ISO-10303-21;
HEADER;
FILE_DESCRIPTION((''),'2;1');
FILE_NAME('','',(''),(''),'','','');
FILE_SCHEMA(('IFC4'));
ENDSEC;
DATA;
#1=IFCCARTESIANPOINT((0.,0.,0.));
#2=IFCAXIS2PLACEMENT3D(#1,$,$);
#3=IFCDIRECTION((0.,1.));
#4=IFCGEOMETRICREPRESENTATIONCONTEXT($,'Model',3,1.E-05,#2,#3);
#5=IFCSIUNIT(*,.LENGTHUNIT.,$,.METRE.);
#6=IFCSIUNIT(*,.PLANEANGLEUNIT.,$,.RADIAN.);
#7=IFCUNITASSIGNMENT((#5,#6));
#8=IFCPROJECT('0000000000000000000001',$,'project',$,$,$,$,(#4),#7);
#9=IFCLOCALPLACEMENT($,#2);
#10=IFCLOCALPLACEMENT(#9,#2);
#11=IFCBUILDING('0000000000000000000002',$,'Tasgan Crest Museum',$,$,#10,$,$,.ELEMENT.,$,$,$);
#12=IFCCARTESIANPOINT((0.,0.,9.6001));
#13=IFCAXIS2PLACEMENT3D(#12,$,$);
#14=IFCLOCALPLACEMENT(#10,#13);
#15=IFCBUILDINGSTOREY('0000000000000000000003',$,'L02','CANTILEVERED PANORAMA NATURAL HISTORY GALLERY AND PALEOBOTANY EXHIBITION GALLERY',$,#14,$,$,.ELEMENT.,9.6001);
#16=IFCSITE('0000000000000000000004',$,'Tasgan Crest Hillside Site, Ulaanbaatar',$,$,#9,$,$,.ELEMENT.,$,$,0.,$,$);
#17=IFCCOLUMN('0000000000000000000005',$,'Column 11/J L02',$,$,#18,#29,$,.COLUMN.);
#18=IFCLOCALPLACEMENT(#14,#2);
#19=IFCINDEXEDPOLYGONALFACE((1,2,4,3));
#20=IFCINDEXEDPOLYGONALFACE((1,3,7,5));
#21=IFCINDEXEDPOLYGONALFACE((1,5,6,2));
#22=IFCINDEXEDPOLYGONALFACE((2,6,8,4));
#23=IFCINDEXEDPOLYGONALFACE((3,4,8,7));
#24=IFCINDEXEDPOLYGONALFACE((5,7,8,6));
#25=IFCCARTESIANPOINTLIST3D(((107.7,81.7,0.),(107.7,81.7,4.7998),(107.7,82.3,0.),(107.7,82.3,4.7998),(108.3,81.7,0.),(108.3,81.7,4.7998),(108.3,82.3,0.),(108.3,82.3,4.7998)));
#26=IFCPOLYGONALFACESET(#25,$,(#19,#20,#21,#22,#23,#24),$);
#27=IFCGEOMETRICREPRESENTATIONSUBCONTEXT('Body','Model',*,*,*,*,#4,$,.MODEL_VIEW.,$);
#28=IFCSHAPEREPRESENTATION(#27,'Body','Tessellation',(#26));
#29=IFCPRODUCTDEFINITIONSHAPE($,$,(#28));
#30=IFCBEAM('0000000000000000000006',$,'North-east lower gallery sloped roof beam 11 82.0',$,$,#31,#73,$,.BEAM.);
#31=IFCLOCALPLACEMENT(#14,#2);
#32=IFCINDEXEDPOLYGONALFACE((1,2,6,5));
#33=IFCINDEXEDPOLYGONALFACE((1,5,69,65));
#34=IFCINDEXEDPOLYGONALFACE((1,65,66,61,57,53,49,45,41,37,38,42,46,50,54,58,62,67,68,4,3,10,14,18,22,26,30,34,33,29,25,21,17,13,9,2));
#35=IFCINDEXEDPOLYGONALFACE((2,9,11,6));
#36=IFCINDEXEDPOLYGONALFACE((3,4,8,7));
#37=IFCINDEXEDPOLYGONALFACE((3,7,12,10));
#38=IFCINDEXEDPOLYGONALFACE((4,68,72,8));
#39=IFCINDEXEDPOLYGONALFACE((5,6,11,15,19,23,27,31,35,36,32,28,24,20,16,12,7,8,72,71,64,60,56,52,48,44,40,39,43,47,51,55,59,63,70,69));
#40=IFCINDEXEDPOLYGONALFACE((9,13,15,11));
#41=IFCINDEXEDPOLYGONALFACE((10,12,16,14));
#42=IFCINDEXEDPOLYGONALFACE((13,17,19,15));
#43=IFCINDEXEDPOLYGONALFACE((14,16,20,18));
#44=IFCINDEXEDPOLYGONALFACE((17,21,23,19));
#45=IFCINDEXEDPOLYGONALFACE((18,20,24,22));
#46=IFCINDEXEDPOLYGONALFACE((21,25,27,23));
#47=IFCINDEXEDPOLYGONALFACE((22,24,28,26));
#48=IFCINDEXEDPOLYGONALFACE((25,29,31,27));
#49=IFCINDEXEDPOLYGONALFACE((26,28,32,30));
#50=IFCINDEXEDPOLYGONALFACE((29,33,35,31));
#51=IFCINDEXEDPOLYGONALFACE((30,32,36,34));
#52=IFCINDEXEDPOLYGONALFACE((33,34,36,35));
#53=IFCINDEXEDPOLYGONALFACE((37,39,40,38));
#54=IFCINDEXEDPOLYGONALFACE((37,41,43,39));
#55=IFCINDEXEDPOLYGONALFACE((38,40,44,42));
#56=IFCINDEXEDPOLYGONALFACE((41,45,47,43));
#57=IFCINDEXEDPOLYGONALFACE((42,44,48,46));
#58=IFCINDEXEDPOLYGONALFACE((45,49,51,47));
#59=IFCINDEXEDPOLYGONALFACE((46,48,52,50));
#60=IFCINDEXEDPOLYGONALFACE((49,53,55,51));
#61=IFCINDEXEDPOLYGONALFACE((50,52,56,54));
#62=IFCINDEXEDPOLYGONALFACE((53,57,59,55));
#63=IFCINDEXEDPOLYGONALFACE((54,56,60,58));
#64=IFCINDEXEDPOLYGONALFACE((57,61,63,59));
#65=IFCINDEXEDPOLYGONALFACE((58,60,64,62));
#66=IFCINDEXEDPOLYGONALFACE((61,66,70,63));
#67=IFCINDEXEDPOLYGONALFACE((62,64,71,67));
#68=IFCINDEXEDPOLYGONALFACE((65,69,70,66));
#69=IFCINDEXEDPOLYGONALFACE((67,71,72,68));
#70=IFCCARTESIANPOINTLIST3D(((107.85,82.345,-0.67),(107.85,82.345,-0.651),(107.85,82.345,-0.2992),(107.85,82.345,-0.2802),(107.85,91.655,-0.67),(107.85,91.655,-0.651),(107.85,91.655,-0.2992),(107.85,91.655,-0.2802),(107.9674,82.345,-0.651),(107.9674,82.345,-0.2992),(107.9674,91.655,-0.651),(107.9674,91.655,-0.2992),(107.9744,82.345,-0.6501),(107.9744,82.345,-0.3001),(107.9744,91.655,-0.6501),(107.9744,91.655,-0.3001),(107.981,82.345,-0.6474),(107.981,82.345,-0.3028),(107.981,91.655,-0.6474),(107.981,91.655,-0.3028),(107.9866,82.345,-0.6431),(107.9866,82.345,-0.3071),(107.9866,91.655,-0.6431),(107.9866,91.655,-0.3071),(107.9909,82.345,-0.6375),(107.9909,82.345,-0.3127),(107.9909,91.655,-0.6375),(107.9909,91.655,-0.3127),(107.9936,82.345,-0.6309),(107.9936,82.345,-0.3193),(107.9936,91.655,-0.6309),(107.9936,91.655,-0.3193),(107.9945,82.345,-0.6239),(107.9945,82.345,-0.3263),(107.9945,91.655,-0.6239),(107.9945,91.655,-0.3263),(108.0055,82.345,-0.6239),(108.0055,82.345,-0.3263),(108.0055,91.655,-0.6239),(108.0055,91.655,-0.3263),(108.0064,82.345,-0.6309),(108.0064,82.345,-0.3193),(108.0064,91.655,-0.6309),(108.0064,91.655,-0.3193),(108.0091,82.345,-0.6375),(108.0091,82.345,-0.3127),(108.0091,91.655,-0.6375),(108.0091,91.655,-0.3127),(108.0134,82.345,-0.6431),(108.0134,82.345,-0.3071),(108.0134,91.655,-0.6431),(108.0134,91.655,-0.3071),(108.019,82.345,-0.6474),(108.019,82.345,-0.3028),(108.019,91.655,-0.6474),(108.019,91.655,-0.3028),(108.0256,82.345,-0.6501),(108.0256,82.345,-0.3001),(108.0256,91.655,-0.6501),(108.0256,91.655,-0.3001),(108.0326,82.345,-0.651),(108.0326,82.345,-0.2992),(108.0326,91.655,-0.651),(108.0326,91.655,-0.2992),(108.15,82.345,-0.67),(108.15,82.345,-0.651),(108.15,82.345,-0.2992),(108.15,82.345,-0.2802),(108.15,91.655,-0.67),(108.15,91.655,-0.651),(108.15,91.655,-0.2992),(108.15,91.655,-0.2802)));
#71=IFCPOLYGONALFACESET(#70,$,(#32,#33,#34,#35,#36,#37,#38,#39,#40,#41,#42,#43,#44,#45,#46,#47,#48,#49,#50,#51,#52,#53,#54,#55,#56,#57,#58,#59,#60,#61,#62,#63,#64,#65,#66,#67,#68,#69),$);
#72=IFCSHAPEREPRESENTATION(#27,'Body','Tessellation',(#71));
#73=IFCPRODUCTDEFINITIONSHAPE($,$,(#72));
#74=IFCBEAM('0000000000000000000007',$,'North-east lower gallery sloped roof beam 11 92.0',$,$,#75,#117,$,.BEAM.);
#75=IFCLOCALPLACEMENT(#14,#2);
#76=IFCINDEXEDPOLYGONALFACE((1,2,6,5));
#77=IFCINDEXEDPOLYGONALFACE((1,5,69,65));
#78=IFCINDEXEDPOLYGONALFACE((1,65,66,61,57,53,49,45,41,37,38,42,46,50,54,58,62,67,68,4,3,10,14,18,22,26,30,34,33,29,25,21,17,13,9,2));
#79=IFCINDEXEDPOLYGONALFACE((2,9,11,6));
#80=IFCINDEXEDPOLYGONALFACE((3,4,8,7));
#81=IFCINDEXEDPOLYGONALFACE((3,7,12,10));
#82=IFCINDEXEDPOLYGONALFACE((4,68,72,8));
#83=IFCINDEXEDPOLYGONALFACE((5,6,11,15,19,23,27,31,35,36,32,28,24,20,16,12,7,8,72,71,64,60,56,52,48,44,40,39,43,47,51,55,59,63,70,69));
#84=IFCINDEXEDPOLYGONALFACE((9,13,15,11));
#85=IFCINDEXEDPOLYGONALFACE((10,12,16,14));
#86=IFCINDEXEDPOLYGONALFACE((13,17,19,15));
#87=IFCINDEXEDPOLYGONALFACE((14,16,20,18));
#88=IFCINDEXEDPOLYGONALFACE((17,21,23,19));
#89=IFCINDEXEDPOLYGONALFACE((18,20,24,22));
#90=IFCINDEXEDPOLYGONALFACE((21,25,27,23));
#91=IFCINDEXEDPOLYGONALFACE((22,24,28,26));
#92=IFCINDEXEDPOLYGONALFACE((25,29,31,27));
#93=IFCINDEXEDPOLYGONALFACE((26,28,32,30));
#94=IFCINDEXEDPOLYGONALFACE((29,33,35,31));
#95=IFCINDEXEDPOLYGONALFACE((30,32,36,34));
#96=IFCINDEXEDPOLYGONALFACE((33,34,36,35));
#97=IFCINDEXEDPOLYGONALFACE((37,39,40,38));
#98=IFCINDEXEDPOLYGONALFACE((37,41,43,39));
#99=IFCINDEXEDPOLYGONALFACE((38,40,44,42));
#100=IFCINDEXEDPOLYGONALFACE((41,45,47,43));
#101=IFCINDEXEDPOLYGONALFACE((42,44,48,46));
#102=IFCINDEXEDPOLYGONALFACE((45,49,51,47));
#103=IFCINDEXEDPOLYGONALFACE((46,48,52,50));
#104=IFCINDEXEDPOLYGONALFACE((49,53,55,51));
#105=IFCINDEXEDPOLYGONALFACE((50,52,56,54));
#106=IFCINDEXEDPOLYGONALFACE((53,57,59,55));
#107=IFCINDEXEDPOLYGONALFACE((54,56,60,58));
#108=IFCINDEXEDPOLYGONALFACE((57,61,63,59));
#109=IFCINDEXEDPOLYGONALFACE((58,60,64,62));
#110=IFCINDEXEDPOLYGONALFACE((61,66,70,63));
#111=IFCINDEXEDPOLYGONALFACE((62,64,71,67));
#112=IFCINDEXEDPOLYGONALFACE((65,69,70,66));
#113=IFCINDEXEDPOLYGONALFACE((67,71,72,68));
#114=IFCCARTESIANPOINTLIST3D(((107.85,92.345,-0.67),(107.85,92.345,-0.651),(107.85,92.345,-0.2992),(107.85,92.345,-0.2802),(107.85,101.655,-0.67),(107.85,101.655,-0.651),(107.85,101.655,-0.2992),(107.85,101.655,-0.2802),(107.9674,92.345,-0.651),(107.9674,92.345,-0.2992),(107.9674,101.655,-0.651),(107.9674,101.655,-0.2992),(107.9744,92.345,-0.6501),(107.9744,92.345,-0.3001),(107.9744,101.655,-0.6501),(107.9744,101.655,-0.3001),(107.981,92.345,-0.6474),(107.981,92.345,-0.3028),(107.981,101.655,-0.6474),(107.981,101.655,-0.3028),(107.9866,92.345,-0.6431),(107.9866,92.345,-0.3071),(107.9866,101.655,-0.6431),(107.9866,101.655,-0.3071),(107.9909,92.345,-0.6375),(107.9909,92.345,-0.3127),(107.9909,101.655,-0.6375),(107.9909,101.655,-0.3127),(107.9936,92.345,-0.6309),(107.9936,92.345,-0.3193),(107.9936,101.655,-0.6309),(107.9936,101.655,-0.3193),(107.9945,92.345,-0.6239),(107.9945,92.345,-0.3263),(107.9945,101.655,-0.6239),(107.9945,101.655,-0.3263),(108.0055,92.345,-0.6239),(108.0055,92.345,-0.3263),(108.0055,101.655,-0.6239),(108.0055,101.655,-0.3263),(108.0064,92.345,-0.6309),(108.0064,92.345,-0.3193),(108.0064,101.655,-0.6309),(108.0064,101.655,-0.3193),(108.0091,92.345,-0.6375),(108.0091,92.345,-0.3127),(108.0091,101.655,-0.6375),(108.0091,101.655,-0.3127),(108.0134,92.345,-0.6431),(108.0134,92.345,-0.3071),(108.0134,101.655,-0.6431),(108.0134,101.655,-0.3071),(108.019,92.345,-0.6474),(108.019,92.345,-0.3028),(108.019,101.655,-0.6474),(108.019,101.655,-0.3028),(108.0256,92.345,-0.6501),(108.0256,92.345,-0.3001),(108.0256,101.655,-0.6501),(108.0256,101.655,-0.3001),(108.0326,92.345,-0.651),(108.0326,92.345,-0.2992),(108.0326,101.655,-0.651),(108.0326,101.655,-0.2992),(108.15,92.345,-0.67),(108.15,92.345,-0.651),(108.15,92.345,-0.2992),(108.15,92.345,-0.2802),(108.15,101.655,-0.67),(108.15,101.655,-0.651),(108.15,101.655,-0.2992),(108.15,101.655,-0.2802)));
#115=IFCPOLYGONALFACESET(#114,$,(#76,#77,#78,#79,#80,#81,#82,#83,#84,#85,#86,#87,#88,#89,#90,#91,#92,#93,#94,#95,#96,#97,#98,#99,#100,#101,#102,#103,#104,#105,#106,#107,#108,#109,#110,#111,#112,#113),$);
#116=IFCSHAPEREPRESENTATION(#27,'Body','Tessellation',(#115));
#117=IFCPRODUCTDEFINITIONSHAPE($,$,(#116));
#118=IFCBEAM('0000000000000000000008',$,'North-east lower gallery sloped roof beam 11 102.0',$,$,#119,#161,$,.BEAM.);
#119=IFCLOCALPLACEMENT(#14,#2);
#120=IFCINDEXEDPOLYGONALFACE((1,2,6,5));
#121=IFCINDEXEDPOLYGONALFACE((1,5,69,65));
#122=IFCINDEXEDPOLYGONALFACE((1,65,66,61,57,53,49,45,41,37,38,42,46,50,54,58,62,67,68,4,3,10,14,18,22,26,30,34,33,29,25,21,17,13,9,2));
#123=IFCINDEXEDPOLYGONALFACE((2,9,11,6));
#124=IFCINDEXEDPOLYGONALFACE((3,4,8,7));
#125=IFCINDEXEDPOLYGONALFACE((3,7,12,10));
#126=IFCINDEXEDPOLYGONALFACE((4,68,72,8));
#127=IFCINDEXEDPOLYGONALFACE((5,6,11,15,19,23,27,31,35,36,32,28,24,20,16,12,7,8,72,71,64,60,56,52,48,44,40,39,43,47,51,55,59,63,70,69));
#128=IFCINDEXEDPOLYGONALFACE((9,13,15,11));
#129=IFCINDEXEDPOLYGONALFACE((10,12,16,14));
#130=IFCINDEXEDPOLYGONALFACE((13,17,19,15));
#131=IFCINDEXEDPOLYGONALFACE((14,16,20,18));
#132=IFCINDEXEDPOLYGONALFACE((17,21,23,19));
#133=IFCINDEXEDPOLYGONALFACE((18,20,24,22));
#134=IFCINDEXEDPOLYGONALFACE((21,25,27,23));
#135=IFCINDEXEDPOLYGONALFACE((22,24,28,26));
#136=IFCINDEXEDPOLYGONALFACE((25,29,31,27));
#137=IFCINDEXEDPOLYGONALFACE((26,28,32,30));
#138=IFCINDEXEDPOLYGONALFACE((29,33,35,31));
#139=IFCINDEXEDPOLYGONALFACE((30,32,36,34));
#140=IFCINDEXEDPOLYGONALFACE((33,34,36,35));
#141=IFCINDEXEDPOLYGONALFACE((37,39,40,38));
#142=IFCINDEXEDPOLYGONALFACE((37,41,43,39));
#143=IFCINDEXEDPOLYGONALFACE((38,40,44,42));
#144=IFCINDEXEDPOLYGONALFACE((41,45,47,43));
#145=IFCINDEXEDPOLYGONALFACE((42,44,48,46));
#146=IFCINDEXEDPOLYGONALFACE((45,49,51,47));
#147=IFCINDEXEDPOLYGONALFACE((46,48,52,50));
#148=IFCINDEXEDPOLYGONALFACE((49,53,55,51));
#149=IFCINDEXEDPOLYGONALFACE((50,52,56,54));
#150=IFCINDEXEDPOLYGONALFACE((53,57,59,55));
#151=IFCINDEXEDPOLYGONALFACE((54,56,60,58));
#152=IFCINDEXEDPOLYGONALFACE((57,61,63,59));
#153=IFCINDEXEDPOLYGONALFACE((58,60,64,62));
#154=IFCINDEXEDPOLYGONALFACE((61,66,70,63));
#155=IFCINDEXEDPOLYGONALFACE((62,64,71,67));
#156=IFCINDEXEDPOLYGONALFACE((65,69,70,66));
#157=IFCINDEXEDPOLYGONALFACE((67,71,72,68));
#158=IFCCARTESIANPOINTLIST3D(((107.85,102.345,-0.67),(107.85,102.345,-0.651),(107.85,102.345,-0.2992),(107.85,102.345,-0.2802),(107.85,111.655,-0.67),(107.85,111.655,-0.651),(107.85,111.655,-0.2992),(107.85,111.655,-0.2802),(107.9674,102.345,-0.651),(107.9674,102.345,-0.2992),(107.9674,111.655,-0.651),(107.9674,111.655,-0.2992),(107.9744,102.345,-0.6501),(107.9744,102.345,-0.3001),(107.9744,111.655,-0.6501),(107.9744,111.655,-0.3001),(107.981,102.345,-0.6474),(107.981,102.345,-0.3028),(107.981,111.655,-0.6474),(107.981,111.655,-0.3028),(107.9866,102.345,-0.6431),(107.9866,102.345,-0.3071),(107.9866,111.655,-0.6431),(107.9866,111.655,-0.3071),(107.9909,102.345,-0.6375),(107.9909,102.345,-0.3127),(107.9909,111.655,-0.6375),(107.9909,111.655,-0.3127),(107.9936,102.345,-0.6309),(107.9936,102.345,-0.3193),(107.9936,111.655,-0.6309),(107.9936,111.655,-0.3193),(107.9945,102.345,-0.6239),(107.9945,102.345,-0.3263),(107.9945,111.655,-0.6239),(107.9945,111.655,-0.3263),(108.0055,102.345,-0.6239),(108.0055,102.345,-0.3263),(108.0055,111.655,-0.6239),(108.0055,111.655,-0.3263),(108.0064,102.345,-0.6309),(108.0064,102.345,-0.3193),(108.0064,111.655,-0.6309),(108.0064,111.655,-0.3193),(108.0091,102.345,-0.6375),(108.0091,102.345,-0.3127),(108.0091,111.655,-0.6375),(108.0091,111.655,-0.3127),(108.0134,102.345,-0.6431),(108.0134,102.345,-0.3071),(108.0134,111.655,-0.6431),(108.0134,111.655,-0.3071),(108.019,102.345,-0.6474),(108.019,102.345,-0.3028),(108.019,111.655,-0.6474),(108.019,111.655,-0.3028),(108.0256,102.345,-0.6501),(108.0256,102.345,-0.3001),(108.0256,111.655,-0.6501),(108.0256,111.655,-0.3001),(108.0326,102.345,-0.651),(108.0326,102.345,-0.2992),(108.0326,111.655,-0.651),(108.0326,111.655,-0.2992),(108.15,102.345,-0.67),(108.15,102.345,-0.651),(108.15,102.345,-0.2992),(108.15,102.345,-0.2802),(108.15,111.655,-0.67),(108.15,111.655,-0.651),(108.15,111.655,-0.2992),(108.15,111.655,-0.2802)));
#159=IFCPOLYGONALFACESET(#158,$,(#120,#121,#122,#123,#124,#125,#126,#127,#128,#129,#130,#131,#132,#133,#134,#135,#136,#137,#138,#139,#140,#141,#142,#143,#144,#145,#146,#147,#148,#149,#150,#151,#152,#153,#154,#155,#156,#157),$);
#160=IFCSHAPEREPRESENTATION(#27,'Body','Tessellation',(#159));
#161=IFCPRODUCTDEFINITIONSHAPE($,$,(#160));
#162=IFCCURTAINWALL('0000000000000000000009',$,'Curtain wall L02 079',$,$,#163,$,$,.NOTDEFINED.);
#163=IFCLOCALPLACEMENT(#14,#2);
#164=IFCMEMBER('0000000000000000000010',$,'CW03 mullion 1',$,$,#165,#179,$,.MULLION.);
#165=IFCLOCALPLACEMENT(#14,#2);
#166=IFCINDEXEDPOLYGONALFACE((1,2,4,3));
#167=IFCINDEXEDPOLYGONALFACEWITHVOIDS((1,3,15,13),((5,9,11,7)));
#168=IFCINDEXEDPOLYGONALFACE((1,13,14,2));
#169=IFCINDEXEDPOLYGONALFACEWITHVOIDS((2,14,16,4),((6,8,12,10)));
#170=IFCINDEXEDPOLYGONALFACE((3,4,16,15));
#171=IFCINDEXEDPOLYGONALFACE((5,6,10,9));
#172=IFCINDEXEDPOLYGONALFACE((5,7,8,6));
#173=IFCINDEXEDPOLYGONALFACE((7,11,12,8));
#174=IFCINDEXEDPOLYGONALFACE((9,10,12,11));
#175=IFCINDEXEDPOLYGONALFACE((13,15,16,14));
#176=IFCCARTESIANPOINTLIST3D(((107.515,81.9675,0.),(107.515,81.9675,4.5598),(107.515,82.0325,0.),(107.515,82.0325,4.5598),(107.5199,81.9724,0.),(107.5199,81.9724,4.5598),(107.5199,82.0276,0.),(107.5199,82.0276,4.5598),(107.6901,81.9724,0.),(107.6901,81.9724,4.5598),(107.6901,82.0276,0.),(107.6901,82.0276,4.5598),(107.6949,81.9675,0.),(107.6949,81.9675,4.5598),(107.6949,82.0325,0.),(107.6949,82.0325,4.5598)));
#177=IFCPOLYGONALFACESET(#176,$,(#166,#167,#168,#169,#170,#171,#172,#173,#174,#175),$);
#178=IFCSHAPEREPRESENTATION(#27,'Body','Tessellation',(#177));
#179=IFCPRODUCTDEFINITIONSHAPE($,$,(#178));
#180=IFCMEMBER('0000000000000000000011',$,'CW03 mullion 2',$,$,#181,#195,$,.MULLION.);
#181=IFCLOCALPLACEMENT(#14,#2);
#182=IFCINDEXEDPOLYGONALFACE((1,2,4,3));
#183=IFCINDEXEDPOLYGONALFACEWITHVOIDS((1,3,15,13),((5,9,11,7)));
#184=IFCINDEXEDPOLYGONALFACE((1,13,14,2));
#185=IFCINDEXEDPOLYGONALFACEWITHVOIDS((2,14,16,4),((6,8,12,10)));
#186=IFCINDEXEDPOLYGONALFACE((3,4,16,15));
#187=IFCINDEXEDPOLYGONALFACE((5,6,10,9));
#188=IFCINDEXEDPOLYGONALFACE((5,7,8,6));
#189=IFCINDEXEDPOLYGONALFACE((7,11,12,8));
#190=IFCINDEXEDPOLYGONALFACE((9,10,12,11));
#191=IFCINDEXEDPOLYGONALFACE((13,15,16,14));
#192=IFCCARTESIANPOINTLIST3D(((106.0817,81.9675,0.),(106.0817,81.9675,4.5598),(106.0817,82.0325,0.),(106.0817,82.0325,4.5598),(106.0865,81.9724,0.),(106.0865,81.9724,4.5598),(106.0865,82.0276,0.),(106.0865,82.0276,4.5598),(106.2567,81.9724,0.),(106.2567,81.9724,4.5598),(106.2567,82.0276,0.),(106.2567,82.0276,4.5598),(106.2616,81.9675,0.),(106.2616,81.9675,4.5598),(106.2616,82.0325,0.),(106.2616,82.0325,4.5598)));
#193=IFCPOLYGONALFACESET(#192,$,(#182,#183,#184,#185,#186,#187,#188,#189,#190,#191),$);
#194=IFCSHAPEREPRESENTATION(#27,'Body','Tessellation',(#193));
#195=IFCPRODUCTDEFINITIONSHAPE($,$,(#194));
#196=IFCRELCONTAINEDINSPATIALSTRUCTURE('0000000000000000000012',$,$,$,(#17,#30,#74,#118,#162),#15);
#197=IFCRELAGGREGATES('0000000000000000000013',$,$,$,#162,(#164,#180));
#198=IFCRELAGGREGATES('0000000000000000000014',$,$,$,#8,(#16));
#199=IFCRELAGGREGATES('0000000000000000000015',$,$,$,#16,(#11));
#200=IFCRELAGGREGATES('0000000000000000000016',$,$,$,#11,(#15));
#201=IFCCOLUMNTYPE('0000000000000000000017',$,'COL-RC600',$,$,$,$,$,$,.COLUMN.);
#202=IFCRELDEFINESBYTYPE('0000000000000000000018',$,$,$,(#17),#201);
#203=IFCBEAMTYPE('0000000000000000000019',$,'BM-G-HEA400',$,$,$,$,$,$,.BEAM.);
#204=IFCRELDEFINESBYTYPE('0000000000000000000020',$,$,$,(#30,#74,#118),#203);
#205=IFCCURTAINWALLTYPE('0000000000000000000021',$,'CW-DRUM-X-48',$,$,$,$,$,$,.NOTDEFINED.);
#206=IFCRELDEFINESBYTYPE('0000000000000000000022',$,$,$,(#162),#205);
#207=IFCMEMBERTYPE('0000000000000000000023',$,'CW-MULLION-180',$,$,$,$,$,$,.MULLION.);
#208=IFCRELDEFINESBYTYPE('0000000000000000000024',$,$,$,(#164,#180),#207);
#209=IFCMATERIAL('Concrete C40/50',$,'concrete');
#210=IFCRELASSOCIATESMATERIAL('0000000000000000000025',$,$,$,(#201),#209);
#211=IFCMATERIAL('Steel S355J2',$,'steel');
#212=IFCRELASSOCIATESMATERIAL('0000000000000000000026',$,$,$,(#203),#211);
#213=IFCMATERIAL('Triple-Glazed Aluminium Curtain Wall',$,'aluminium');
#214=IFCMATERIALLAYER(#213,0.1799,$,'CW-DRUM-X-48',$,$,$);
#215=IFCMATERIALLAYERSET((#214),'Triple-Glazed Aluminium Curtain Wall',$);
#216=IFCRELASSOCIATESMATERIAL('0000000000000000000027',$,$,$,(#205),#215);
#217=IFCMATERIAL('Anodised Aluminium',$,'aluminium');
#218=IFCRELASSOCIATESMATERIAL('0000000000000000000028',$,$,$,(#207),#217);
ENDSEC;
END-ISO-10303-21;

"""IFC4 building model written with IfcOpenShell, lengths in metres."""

from ifc_helpers import new_model, si_unit, direction, frame, origin, origin_2d, place, context, subcontext, project, spatial, rectangle, hollow_rectangle, i_section, extrude, material, layer, layer_set, material_profile, profile_set, type_object, element, aggregate, save


model = new_model("IFC4")

# Units and contexts
model_context = context("Model", 3, precision=1e-05, world=origin(), true_north=direction((0.0, 1.0)))
body_context = subcontext(model_context, "Body", "Model", "MODEL_VIEW")
ifc_project = project(units=[si_unit("LENGTHUNIT", "METRE"), si_unit("PLANEANGLEUNIT", "RADIAN")], contexts=[model_context])

# Site, building, storey
site_placement = place(None, origin())
site = spatial("IfcSite", under=ifc_project, at=site_placement, Name="Tasgan Crest Hillside Site, Ulaanbaatar", CompositionType="ELEMENT", RefElevation=0.0)
building_placement = place(site_placement, origin())
building = spatial("IfcBuilding", under=site, at=building_placement, Name="Tasgan Crest Museum", CompositionType="ELEMENT")
storey_placement = place(building_placement, frame((0.0, 0.0, 9.6001)))
storey = spatial("IfcBuildingStorey", under=building, at=storey_placement, Name="L02", Description="CANTILEVERED PANORAMA NATURAL HISTORY GALLERY AND PALEOBOTANY EXHIBITION GALLERY", CompositionType="ELEMENT", Elevation=9.6001)

# Column
ifc_material_1 = material(Name="Concrete C40/50", Category="concrete")
ifc_material_profile_1 = material_profile(ifc_material_1, rectangle(XDim=0.6001, YDim=0.6001, at=origin_2d()), Name="RC 600x600")
ifc_profile_set_1 = profile_set([ifc_material_profile_1], Name="Concrete C40/50")
column_type = type_object("IfcColumnType", Name="COL-RC600", PredefinedType="COLUMN", material=ifc_profile_set_1)
column_placement = place(storey_placement, frame((108.0, 82.0, 0.0), z_axis=(0.0, 0.0, 1.0), x_axis=(1.0, 0.0, 0.0)))
element("IfcColumn", 1, at=column_placement, inside=storey, type_object=column_type, Name="Column 11/J L02", PredefinedType="COLUMN", context=body_context, shape_type="SweptSolid", body=[
    extrude(rectangle(XDim=0.6001, YDim=0.6001, at=origin_2d()), origin(), (0.0, 0.0, 1.0), 4.7998),
])

# Beams
ifc_material_2 = material(Name="Steel S355J2", Category="steel")
ifc_material_profile_2 = material_profile(ifc_material_2, i_section(OverallWidth=0.3, OverallDepth=0.3899, WebThickness=0.011, FlangeThickness=0.019, FilletRadius=0.0271, at=origin_2d()), Name="HEA 400")
ifc_profile_set_2 = profile_set([ifc_material_profile_2], Name="Steel S355J2")
beam_type = type_object("IfcBeamType", Name="BM-G-HEA400", PredefinedType="BEAM", material=ifc_profile_set_2)
for number, where, z_axis, x_axis, name in (
    (2, (108.0, 82.345, -0.4751), (0.0, 1.0, 0.0), (-1.0, 0.0, 0.0), "North-east lower gallery sloped roof beam 11 82.0"),
    (3, (108.0, 92.345, -0.4751), (0.0, 1.0, 0.0), (-1.0, 0.0, 0.0), "North-east lower gallery sloped roof beam 11 92.0"),
    (4, (108.0, 102.345, -0.4751), (0.0, 1.0, 0.0), (-1.0, 0.0, 0.0), "North-east lower gallery sloped roof beam 11 102.0"),
):
    element("IfcBeam", number, at=place(storey_placement, frame(where, z_axis=z_axis, x_axis=x_axis)), inside=storey, type_object=beam_type, Name=name, PredefinedType="BEAM", context=body_context, shape_type="SweptSolid", body=[
        extrude(i_section(OverallWidth=0.3, OverallDepth=0.3899, WebThickness=0.011, FlangeThickness=0.019, FilletRadius=0.0271, at=origin_2d()), origin(), (0.0, 0.0, 1.0), 9.3101),
    ])

# Curtain wall, members
ifc_material_3 = material(Name="Triple-Glazed Aluminium Curtain Wall", Category="aluminium")
ifc_layer_1 = layer(ifc_material_3, 0.1799, Name="CW-DRUM-X-48")
ifc_layer_set_1 = layer_set([ifc_layer_1], Name="Triple-Glazed Aluminium Curtain Wall")
curtain_wall_type = type_object("IfcCurtainWallType", Name="CW-DRUM-X-48", PredefinedType="NOTDEFINED", material=ifc_layer_set_1)
curtain_wall_1_placement = place(storey_placement, origin())
curtain_wall_1 = element("IfcCurtainWall", 5, at=curtain_wall_1_placement, inside=storey, type_object=curtain_wall_type, Name="Curtain wall L02 079", PredefinedType="NOTDEFINED")
ifc_material_4 = material(Name="Anodised Aluminium", Category="aluminium")
ifc_material_profile_3 = material_profile(ifc_material_4, hollow_rectangle(XDim=0.0649, YDim=0.1799, WallThickness=0.0049, at=origin_2d()), Name="ALU MULLION 180x65x5")
ifc_profile_set_3 = profile_set([ifc_material_profile_3], Name="Anodised Aluminium")
member_type_1 = type_object("IfcMemberType", Name="CW-MULLION-180", PredefinedType="MULLION", material=ifc_profile_set_3)
member_1_placement = place(storey_placement, frame((107.605, 82.0, 0.0), z_axis=(0.0, 0.0, 1.0), x_axis=(0.0, -1.0, 0.0)))
member_1 = element("IfcMember", 6, at=member_1_placement, type_object=member_type_1, Name="CW03 mullion 1", PredefinedType="MULLION", context=body_context, shape_type="SweptSolid", body=[
    extrude(hollow_rectangle(XDim=0.0649, YDim=0.1799, WallThickness=0.0049, at=origin_2d()), origin(), (0.0, 0.0, 1.0), 4.5598),
])
member_2_placement = place(storey_placement, frame((106.1716, 82.0, 0.0), z_axis=(0.0, 0.0, 1.0), x_axis=(0.0, -1.0, 0.0)))
member_2 = element("IfcMember", 7, at=member_2_placement, type_object=member_type_1, Name="CW03 mullion 2", PredefinedType="MULLION", context=body_context, shape_type="SweptSolid", body=[
    extrude(hollow_rectangle(XDim=0.0649, YDim=0.1799, WallThickness=0.0049, at=origin_2d()), origin(), (0.0, 0.0, 1.0), 4.5598),
])

aggregate(curtain_wall_1, [member_1, member_2])

save(model, "model.ifc")
